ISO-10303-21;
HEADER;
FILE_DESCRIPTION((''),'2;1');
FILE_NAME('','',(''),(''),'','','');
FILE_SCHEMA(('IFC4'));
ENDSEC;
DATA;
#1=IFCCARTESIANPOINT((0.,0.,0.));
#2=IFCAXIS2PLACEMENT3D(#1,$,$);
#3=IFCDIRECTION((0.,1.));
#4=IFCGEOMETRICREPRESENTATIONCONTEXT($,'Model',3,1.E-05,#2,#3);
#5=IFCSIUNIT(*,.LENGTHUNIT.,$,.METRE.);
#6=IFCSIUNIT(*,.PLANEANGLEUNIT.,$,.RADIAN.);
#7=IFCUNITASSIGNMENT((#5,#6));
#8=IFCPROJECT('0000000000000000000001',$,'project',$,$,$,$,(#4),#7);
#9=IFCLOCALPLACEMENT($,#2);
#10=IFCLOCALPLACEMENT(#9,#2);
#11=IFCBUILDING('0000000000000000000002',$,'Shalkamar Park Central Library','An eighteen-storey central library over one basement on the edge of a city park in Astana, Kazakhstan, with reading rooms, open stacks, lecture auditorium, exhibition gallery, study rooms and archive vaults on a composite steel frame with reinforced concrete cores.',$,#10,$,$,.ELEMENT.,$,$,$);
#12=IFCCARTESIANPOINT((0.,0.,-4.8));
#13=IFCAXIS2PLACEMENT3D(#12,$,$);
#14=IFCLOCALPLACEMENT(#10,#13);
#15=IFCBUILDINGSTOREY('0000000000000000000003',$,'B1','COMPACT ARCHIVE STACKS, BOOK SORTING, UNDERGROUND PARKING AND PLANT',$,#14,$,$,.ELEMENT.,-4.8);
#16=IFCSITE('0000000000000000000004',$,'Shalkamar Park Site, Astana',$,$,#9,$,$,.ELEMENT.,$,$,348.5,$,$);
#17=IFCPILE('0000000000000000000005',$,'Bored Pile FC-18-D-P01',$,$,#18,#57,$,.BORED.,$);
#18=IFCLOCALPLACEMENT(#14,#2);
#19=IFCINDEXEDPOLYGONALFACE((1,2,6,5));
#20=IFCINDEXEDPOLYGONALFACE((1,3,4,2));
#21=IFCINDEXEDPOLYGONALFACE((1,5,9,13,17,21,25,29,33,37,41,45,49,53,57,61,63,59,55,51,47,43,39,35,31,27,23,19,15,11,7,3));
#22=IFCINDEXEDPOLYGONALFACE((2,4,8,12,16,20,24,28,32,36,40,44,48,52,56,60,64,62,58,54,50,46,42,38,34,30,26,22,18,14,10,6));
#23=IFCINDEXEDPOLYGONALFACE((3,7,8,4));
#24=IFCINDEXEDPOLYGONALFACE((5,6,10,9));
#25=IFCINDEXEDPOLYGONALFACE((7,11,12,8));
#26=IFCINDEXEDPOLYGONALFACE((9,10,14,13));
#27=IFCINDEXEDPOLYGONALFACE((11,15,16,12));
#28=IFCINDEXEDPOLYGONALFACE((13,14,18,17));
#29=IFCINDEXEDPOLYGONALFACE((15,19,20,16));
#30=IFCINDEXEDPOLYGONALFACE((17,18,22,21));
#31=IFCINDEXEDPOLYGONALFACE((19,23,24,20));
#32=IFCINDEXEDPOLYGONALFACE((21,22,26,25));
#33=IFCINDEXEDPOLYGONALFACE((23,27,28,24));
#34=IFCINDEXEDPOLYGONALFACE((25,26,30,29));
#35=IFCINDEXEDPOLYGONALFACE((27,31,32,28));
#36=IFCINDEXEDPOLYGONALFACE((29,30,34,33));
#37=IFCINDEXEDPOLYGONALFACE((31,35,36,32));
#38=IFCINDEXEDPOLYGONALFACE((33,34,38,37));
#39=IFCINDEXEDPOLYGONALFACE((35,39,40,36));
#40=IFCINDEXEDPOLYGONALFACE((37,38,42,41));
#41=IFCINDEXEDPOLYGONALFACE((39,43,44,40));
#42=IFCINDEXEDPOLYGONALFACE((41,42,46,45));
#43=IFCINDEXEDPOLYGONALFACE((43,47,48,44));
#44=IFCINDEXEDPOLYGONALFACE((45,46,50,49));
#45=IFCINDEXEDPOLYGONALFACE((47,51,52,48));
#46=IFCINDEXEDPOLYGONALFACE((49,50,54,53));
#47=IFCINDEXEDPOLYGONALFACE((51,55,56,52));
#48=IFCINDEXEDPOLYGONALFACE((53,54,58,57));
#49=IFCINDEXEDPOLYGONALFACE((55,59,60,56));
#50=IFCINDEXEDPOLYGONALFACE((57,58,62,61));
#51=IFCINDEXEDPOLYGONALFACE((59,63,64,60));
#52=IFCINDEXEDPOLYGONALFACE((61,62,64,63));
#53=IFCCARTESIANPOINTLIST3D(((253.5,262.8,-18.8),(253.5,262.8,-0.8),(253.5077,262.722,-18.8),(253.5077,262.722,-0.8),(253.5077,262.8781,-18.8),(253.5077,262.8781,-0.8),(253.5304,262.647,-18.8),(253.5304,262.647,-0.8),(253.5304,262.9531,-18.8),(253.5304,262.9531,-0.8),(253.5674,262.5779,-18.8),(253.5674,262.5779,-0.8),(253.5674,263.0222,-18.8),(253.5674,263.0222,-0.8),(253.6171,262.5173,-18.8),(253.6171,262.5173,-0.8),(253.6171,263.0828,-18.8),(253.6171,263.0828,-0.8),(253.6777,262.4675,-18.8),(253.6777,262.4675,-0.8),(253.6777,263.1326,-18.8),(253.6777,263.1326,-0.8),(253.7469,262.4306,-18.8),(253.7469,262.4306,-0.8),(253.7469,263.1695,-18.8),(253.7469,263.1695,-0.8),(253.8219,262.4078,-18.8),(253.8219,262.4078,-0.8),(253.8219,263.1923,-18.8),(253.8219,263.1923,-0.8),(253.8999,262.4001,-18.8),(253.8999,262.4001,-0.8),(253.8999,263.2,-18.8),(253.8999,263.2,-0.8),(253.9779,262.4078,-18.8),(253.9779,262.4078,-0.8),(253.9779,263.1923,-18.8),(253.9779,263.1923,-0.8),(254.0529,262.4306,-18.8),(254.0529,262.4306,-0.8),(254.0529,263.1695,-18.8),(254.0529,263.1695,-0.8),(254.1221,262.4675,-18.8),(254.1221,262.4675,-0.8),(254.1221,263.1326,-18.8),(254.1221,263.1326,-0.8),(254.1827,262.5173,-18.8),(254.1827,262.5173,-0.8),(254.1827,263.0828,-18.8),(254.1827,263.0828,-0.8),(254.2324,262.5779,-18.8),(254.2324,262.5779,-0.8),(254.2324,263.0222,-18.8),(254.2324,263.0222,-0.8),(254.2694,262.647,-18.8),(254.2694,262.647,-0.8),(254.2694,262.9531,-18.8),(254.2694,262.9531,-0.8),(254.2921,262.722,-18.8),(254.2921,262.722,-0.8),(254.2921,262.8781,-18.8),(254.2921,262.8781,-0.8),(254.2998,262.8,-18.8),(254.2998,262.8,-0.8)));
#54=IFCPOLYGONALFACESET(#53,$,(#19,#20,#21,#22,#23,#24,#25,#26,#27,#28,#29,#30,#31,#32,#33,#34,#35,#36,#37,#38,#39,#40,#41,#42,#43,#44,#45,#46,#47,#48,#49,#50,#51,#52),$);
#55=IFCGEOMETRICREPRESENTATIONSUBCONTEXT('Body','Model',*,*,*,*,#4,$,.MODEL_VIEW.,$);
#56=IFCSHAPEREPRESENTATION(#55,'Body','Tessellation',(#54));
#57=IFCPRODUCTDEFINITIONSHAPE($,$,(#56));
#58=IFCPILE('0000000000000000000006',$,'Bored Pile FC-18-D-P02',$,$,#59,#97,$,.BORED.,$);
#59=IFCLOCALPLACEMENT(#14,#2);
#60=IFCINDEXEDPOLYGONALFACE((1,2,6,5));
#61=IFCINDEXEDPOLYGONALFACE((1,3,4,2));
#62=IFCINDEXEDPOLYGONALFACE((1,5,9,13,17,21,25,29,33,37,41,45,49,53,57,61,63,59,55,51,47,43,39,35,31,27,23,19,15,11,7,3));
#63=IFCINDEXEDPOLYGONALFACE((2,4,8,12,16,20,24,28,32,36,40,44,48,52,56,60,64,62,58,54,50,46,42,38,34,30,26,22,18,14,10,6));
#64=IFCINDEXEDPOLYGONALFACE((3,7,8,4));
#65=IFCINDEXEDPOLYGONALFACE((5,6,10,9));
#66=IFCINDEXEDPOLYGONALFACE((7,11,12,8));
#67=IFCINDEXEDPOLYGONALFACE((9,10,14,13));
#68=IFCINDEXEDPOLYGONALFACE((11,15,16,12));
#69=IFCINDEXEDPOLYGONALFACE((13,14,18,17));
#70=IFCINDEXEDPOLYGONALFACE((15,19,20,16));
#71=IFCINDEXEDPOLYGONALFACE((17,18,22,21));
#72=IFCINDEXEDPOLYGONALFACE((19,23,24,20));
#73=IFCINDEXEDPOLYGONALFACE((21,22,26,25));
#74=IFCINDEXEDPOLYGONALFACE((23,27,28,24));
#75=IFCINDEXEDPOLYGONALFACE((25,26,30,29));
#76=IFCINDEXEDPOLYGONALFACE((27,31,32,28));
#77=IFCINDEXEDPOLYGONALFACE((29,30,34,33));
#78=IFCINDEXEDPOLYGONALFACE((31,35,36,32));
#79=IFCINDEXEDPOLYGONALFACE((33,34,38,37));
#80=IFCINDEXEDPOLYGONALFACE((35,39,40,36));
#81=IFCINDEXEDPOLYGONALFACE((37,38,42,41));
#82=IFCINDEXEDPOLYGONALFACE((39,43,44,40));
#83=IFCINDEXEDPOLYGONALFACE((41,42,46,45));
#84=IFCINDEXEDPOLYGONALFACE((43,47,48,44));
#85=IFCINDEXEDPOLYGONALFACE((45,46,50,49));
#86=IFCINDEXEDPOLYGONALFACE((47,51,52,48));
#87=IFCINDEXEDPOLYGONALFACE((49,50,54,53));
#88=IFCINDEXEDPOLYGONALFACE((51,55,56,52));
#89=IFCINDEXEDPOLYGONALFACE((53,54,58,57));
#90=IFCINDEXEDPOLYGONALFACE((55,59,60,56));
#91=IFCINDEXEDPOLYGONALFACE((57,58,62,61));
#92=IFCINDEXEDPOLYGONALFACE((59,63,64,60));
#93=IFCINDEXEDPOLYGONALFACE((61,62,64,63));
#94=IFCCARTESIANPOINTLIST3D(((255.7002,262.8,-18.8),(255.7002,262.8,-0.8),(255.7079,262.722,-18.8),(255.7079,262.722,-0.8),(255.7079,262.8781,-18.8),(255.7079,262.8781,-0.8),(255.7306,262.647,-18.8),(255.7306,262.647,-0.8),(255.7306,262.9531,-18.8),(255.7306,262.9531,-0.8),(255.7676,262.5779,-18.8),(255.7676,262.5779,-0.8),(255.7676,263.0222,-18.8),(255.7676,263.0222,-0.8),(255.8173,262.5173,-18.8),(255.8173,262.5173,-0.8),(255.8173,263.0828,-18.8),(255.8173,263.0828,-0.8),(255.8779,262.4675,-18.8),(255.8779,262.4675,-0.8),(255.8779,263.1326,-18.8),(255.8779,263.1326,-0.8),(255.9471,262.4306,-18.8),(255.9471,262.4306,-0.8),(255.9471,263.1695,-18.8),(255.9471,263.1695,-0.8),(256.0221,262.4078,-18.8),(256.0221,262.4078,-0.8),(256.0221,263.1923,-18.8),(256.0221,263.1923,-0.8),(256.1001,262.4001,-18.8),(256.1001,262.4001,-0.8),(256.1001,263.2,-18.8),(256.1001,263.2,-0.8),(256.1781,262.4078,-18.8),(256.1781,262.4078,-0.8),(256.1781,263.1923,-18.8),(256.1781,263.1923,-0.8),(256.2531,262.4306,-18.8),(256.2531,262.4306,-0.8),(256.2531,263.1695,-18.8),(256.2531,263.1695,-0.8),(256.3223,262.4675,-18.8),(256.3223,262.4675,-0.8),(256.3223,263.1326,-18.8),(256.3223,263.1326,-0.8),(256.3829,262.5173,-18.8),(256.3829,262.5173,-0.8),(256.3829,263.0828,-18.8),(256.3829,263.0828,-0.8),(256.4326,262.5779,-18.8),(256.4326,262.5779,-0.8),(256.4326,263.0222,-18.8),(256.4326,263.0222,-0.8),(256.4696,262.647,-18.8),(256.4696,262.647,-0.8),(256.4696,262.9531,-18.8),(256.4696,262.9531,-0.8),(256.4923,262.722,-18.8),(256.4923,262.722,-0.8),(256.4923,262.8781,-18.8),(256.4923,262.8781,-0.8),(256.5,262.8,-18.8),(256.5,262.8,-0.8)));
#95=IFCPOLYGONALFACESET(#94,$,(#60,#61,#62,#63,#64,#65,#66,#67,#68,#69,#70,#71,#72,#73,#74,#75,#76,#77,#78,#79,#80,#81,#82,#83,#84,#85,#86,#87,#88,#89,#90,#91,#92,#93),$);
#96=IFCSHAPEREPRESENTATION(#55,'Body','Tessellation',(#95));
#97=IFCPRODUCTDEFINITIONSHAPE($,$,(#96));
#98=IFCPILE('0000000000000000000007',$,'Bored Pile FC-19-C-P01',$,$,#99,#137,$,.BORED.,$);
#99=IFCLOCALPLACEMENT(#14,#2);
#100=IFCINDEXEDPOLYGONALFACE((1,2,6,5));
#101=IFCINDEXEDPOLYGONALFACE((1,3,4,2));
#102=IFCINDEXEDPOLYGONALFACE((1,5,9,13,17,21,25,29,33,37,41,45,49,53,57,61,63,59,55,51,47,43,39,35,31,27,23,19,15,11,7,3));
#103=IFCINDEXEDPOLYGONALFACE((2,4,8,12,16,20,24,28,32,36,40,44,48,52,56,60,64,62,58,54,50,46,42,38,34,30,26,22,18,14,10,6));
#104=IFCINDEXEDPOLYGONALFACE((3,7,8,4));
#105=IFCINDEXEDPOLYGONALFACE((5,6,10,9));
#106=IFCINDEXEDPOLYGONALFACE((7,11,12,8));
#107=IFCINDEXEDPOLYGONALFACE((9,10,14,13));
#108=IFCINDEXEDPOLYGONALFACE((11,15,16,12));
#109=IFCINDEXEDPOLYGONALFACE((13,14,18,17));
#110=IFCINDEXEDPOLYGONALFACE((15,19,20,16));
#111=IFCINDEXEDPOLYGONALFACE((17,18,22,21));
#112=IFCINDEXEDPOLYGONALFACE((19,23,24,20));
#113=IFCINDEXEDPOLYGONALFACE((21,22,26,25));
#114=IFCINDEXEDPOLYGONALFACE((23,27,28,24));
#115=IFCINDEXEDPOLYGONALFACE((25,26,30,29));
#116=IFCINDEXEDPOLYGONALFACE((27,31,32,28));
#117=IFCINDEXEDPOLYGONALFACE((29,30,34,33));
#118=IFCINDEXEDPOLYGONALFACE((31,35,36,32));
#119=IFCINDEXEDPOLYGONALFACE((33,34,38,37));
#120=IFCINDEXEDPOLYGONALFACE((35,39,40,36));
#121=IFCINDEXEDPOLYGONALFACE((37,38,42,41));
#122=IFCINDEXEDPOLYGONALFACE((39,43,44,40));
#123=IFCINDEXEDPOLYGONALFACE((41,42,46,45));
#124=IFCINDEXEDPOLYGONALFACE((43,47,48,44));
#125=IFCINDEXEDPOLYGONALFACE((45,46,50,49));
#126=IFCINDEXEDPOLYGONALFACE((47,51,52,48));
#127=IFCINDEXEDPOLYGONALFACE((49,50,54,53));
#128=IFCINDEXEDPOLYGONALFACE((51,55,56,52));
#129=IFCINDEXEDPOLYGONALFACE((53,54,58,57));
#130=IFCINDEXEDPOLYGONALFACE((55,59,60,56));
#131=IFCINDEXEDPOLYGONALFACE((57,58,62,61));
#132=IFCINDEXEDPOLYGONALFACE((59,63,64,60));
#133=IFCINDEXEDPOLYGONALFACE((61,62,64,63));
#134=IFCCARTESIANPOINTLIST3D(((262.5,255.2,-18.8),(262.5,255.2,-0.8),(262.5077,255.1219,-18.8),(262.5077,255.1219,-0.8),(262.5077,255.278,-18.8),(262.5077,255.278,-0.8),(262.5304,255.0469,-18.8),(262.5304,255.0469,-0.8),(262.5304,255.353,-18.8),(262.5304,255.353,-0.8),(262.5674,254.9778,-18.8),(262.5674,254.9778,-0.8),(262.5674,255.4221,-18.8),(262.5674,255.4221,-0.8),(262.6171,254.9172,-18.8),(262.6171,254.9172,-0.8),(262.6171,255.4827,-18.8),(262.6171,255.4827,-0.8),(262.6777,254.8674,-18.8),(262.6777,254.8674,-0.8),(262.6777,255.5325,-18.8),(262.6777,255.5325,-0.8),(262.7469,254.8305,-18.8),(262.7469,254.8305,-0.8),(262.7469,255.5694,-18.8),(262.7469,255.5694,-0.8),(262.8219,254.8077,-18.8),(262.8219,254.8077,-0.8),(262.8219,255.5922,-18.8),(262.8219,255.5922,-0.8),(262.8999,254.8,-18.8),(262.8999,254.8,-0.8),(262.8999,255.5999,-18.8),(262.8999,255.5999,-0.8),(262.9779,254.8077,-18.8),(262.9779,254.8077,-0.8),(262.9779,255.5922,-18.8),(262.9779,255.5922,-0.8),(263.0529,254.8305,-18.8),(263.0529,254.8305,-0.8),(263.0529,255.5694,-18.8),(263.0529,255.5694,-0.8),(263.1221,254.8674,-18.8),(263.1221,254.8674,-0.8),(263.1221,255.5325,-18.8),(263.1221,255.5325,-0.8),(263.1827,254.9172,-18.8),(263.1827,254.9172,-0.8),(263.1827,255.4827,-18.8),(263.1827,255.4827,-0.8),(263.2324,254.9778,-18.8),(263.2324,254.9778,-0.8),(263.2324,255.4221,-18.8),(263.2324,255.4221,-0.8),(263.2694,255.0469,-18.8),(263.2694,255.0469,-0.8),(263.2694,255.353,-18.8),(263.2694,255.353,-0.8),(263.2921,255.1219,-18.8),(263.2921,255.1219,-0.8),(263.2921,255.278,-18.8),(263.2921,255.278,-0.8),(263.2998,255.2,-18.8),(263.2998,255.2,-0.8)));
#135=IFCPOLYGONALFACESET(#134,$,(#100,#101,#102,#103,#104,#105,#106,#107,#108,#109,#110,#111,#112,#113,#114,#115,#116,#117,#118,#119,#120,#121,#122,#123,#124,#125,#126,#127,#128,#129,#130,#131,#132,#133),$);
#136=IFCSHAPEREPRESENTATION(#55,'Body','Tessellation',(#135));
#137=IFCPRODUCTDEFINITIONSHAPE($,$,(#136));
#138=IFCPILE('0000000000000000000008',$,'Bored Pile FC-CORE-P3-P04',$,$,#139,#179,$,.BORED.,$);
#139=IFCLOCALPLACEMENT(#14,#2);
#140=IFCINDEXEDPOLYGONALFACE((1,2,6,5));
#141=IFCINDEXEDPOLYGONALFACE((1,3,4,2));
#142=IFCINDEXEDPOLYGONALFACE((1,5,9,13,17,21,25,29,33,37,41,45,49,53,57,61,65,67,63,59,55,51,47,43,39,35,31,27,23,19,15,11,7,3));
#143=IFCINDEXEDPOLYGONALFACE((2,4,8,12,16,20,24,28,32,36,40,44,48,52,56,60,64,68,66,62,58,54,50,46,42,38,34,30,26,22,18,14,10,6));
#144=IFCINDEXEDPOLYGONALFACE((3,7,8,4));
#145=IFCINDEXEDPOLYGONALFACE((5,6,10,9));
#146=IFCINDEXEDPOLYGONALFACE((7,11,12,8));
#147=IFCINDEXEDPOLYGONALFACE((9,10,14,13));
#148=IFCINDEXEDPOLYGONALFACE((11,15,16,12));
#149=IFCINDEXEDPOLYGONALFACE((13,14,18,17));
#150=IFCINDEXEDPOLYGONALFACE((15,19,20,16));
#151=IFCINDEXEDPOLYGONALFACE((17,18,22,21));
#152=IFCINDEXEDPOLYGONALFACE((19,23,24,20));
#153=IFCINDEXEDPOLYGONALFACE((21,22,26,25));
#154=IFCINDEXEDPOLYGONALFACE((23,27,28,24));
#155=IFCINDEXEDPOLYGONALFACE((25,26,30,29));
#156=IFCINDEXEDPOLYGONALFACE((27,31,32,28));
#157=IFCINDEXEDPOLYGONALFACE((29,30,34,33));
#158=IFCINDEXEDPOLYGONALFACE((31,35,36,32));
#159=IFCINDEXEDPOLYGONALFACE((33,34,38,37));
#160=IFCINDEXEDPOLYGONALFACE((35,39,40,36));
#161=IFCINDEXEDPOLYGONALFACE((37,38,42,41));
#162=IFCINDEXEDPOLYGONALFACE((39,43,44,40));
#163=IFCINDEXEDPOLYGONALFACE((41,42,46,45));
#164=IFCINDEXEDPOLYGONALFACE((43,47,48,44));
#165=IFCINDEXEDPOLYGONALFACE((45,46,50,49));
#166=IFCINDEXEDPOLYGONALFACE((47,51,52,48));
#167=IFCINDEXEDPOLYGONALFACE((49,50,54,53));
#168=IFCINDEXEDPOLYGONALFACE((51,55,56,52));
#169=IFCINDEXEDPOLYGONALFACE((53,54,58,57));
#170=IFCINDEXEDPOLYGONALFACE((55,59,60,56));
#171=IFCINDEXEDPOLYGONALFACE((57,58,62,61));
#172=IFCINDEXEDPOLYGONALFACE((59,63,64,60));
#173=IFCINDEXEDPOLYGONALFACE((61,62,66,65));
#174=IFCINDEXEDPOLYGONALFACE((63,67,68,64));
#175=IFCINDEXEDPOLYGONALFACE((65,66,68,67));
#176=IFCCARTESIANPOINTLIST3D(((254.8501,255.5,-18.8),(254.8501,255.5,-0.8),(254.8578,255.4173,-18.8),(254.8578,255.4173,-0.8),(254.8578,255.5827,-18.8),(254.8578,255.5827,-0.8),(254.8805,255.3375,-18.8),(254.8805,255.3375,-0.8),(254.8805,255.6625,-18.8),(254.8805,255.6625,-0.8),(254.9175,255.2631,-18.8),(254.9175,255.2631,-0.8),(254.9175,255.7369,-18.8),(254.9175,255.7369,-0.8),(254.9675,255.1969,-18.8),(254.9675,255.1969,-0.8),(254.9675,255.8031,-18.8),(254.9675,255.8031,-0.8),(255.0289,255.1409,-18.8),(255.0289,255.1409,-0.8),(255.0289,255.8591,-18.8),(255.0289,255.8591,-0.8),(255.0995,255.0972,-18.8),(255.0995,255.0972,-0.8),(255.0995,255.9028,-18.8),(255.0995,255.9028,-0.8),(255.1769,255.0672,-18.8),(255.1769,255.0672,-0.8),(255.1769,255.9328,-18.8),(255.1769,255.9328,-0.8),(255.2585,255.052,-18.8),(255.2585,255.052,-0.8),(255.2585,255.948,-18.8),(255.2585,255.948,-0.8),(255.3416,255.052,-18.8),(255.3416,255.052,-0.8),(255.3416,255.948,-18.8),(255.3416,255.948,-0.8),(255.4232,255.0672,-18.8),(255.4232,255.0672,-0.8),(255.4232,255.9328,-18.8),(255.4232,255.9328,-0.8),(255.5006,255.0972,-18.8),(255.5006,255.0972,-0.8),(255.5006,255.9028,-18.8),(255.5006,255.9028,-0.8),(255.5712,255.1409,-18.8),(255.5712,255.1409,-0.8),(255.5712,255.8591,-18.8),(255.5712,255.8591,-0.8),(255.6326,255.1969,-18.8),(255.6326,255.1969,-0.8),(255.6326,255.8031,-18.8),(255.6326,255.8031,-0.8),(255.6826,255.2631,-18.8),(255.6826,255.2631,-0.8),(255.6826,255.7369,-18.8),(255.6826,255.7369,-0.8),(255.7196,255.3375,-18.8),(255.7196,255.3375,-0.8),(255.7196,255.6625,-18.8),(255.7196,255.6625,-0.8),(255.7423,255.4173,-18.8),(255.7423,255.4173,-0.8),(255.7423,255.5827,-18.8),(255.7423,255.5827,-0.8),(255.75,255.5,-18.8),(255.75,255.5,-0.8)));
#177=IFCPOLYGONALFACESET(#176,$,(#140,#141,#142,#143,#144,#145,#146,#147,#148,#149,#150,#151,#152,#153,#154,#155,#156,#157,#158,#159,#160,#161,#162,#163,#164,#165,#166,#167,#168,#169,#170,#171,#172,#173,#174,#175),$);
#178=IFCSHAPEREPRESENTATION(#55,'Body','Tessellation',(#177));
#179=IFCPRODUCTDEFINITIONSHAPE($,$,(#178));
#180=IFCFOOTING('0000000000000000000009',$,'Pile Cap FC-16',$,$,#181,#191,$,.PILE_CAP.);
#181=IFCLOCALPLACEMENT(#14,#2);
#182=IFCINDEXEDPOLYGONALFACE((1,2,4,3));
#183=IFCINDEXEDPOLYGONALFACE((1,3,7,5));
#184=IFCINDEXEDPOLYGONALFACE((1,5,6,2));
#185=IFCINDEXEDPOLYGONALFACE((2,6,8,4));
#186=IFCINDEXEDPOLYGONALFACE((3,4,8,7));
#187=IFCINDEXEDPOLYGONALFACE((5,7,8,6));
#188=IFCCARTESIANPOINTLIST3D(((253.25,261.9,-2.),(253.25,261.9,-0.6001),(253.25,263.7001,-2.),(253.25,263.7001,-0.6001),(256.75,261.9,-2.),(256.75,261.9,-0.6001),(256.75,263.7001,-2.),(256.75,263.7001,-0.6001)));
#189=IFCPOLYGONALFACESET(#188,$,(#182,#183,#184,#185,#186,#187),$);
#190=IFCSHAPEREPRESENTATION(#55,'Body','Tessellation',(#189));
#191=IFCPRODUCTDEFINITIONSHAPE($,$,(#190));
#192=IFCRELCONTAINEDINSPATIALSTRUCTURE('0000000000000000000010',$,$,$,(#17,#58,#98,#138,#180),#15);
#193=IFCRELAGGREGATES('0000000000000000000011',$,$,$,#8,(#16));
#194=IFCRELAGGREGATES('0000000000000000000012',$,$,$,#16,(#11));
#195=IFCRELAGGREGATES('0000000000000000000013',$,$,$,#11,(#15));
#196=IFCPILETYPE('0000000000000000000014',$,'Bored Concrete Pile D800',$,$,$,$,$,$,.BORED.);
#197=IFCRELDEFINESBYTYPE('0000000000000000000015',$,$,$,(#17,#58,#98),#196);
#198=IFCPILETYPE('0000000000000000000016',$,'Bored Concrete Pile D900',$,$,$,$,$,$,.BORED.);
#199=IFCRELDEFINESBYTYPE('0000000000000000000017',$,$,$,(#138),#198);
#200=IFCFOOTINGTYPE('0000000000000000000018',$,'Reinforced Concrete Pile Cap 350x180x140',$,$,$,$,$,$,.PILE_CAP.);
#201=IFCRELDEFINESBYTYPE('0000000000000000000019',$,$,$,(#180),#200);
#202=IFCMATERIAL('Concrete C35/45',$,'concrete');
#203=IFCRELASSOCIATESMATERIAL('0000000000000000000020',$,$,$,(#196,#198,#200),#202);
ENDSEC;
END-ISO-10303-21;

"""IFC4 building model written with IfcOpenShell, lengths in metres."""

from ifc_helpers import new_model, si_unit, direction, frame, origin, origin_2d, place, context, subcontext, project, spatial, rectangle, circle, extrude, material, material_profile, profile_set, type_object, element, save


model = new_model("IFC4")

# Units and contexts
model_context = context("Model", 3, precision=1e-05, world=origin(), true_north=direction((0.0, 1.0)))
body_context = subcontext(model_context, "Body", "Model", "MODEL_VIEW")
ifc_project = project(units=[si_unit("LENGTHUNIT", "METRE"), si_unit("PLANEANGLEUNIT", "RADIAN")], contexts=[model_context])

# Site, building, storey
site_placement = place(None, origin())
site = spatial("IfcSite", under=ifc_project, at=site_placement, Name="Shalkamar Park Site, Astana", CompositionType="ELEMENT", RefElevation=348.5)
building_placement = place(site_placement, origin())
building = spatial("IfcBuilding", under=site, at=building_placement, Name="Shalkamar Park Central Library", Description="An eighteen-storey central library over one basement on the edge of a city park in Astana, Kazakhstan, with reading rooms, open stacks, lecture auditorium, exhibition gallery, study rooms and archive vaults on a composite steel frame with reinforced concrete cores.", CompositionType="ELEMENT")
storey_placement = place(building_placement, frame((0.0, 0.0, -4.8)))
storey = spatial("IfcBuildingStorey", under=building, at=storey_placement, Name="B1", Description="COMPACT ARCHIVE STACKS, BOOK SORTING, UNDERGROUND PARKING AND PLANT", CompositionType="ELEMENT", Elevation=-4.8)

# Piles
ifc_material_1 = material(Name="Concrete C35/45", Category="concrete")
ifc_material_profile_1 = material_profile(ifc_material_1, circle(Radius=0.3999, at=origin_2d()), Name="PILE D800")
ifc_profile_set_1 = profile_set([ifc_material_profile_1], Name="Concrete C35/45")
pile_type_1 = type_object("IfcPileType", Name="Bored Concrete Pile D800", PredefinedType="BORED", material=ifc_profile_set_1)
for number, where, z_axis, x_axis, name in (
    (1, (253.8999, 262.8, -0.8), (0.0, 0.0, -1.0), (1.0, 0.0, 0.0), "Bored Pile FC-18-D-P01"),
    (2, (256.1001, 262.8, -0.8), (0.0, 0.0, -1.0), (1.0, 0.0, 0.0), "Bored Pile FC-18-D-P02"),
    (3, (262.8999, 255.2, -0.8), (0.0, 0.0, -1.0), (1.0, 0.0, 0.0), "Bored Pile FC-19-C-P01"),
):
    element("IfcPile", number, at=place(storey_placement, frame(where, z_axis=z_axis, x_axis=x_axis)), inside=storey, type_object=pile_type_1, Name=name, PredefinedType="BORED", context=body_context, shape_type="SweptSolid", body=[
        extrude(circle(Radius=0.3999, at=origin_2d()), origin(), (0.0, 0.0, 1.0), 18.0),
    ])
ifc_material_profile_2 = material_profile(ifc_material_1, circle(Radius=0.45, at=origin_2d()), Name="PILE D900")
ifc_profile_set_2 = profile_set([ifc_material_profile_2], Name="Concrete C35/45")
pile_type_2 = type_object("IfcPileType", Name="Bored Concrete Pile D900", PredefinedType="BORED", material=ifc_profile_set_2)
pile_placement = place(storey_placement, frame((255.3, 255.5, -0.8), z_axis=(0.0, 0.0, -1.0), x_axis=(1.0, 0.0, 0.0)))
element("IfcPile", 4, at=pile_placement, inside=storey, type_object=pile_type_2, Name="Bored Pile FC-CORE-P3-P04", PredefinedType="BORED", context=body_context, shape_type="SweptSolid", body=[
    extrude(circle(Radius=0.45, at=origin_2d()), origin(), (0.0, 0.0, 1.0), 18.0),
])

# Footing
footing_type = type_object("IfcFootingType", Name="Reinforced Concrete Pile Cap 350x180x140", PredefinedType="PILE_CAP", material=ifc_material_1)
footing_placement = place(storey_placement, frame((255.0, 262.8, -2.0), z_axis=(0.0, 0.0, 1.0), x_axis=(1.0, 0.0, 0.0)))
element("IfcFooting", 5, at=footing_placement, inside=storey, type_object=footing_type, Name="Pile Cap FC-16", PredefinedType="PILE_CAP", context=body_context, shape_type="SweptSolid", body=[
    extrude(rectangle(XDim=3.5, YDim=1.8, at=origin_2d()), origin(), (0.0, 0.0, 1.0), 1.3999),
])

save(model, "model.ifc")
